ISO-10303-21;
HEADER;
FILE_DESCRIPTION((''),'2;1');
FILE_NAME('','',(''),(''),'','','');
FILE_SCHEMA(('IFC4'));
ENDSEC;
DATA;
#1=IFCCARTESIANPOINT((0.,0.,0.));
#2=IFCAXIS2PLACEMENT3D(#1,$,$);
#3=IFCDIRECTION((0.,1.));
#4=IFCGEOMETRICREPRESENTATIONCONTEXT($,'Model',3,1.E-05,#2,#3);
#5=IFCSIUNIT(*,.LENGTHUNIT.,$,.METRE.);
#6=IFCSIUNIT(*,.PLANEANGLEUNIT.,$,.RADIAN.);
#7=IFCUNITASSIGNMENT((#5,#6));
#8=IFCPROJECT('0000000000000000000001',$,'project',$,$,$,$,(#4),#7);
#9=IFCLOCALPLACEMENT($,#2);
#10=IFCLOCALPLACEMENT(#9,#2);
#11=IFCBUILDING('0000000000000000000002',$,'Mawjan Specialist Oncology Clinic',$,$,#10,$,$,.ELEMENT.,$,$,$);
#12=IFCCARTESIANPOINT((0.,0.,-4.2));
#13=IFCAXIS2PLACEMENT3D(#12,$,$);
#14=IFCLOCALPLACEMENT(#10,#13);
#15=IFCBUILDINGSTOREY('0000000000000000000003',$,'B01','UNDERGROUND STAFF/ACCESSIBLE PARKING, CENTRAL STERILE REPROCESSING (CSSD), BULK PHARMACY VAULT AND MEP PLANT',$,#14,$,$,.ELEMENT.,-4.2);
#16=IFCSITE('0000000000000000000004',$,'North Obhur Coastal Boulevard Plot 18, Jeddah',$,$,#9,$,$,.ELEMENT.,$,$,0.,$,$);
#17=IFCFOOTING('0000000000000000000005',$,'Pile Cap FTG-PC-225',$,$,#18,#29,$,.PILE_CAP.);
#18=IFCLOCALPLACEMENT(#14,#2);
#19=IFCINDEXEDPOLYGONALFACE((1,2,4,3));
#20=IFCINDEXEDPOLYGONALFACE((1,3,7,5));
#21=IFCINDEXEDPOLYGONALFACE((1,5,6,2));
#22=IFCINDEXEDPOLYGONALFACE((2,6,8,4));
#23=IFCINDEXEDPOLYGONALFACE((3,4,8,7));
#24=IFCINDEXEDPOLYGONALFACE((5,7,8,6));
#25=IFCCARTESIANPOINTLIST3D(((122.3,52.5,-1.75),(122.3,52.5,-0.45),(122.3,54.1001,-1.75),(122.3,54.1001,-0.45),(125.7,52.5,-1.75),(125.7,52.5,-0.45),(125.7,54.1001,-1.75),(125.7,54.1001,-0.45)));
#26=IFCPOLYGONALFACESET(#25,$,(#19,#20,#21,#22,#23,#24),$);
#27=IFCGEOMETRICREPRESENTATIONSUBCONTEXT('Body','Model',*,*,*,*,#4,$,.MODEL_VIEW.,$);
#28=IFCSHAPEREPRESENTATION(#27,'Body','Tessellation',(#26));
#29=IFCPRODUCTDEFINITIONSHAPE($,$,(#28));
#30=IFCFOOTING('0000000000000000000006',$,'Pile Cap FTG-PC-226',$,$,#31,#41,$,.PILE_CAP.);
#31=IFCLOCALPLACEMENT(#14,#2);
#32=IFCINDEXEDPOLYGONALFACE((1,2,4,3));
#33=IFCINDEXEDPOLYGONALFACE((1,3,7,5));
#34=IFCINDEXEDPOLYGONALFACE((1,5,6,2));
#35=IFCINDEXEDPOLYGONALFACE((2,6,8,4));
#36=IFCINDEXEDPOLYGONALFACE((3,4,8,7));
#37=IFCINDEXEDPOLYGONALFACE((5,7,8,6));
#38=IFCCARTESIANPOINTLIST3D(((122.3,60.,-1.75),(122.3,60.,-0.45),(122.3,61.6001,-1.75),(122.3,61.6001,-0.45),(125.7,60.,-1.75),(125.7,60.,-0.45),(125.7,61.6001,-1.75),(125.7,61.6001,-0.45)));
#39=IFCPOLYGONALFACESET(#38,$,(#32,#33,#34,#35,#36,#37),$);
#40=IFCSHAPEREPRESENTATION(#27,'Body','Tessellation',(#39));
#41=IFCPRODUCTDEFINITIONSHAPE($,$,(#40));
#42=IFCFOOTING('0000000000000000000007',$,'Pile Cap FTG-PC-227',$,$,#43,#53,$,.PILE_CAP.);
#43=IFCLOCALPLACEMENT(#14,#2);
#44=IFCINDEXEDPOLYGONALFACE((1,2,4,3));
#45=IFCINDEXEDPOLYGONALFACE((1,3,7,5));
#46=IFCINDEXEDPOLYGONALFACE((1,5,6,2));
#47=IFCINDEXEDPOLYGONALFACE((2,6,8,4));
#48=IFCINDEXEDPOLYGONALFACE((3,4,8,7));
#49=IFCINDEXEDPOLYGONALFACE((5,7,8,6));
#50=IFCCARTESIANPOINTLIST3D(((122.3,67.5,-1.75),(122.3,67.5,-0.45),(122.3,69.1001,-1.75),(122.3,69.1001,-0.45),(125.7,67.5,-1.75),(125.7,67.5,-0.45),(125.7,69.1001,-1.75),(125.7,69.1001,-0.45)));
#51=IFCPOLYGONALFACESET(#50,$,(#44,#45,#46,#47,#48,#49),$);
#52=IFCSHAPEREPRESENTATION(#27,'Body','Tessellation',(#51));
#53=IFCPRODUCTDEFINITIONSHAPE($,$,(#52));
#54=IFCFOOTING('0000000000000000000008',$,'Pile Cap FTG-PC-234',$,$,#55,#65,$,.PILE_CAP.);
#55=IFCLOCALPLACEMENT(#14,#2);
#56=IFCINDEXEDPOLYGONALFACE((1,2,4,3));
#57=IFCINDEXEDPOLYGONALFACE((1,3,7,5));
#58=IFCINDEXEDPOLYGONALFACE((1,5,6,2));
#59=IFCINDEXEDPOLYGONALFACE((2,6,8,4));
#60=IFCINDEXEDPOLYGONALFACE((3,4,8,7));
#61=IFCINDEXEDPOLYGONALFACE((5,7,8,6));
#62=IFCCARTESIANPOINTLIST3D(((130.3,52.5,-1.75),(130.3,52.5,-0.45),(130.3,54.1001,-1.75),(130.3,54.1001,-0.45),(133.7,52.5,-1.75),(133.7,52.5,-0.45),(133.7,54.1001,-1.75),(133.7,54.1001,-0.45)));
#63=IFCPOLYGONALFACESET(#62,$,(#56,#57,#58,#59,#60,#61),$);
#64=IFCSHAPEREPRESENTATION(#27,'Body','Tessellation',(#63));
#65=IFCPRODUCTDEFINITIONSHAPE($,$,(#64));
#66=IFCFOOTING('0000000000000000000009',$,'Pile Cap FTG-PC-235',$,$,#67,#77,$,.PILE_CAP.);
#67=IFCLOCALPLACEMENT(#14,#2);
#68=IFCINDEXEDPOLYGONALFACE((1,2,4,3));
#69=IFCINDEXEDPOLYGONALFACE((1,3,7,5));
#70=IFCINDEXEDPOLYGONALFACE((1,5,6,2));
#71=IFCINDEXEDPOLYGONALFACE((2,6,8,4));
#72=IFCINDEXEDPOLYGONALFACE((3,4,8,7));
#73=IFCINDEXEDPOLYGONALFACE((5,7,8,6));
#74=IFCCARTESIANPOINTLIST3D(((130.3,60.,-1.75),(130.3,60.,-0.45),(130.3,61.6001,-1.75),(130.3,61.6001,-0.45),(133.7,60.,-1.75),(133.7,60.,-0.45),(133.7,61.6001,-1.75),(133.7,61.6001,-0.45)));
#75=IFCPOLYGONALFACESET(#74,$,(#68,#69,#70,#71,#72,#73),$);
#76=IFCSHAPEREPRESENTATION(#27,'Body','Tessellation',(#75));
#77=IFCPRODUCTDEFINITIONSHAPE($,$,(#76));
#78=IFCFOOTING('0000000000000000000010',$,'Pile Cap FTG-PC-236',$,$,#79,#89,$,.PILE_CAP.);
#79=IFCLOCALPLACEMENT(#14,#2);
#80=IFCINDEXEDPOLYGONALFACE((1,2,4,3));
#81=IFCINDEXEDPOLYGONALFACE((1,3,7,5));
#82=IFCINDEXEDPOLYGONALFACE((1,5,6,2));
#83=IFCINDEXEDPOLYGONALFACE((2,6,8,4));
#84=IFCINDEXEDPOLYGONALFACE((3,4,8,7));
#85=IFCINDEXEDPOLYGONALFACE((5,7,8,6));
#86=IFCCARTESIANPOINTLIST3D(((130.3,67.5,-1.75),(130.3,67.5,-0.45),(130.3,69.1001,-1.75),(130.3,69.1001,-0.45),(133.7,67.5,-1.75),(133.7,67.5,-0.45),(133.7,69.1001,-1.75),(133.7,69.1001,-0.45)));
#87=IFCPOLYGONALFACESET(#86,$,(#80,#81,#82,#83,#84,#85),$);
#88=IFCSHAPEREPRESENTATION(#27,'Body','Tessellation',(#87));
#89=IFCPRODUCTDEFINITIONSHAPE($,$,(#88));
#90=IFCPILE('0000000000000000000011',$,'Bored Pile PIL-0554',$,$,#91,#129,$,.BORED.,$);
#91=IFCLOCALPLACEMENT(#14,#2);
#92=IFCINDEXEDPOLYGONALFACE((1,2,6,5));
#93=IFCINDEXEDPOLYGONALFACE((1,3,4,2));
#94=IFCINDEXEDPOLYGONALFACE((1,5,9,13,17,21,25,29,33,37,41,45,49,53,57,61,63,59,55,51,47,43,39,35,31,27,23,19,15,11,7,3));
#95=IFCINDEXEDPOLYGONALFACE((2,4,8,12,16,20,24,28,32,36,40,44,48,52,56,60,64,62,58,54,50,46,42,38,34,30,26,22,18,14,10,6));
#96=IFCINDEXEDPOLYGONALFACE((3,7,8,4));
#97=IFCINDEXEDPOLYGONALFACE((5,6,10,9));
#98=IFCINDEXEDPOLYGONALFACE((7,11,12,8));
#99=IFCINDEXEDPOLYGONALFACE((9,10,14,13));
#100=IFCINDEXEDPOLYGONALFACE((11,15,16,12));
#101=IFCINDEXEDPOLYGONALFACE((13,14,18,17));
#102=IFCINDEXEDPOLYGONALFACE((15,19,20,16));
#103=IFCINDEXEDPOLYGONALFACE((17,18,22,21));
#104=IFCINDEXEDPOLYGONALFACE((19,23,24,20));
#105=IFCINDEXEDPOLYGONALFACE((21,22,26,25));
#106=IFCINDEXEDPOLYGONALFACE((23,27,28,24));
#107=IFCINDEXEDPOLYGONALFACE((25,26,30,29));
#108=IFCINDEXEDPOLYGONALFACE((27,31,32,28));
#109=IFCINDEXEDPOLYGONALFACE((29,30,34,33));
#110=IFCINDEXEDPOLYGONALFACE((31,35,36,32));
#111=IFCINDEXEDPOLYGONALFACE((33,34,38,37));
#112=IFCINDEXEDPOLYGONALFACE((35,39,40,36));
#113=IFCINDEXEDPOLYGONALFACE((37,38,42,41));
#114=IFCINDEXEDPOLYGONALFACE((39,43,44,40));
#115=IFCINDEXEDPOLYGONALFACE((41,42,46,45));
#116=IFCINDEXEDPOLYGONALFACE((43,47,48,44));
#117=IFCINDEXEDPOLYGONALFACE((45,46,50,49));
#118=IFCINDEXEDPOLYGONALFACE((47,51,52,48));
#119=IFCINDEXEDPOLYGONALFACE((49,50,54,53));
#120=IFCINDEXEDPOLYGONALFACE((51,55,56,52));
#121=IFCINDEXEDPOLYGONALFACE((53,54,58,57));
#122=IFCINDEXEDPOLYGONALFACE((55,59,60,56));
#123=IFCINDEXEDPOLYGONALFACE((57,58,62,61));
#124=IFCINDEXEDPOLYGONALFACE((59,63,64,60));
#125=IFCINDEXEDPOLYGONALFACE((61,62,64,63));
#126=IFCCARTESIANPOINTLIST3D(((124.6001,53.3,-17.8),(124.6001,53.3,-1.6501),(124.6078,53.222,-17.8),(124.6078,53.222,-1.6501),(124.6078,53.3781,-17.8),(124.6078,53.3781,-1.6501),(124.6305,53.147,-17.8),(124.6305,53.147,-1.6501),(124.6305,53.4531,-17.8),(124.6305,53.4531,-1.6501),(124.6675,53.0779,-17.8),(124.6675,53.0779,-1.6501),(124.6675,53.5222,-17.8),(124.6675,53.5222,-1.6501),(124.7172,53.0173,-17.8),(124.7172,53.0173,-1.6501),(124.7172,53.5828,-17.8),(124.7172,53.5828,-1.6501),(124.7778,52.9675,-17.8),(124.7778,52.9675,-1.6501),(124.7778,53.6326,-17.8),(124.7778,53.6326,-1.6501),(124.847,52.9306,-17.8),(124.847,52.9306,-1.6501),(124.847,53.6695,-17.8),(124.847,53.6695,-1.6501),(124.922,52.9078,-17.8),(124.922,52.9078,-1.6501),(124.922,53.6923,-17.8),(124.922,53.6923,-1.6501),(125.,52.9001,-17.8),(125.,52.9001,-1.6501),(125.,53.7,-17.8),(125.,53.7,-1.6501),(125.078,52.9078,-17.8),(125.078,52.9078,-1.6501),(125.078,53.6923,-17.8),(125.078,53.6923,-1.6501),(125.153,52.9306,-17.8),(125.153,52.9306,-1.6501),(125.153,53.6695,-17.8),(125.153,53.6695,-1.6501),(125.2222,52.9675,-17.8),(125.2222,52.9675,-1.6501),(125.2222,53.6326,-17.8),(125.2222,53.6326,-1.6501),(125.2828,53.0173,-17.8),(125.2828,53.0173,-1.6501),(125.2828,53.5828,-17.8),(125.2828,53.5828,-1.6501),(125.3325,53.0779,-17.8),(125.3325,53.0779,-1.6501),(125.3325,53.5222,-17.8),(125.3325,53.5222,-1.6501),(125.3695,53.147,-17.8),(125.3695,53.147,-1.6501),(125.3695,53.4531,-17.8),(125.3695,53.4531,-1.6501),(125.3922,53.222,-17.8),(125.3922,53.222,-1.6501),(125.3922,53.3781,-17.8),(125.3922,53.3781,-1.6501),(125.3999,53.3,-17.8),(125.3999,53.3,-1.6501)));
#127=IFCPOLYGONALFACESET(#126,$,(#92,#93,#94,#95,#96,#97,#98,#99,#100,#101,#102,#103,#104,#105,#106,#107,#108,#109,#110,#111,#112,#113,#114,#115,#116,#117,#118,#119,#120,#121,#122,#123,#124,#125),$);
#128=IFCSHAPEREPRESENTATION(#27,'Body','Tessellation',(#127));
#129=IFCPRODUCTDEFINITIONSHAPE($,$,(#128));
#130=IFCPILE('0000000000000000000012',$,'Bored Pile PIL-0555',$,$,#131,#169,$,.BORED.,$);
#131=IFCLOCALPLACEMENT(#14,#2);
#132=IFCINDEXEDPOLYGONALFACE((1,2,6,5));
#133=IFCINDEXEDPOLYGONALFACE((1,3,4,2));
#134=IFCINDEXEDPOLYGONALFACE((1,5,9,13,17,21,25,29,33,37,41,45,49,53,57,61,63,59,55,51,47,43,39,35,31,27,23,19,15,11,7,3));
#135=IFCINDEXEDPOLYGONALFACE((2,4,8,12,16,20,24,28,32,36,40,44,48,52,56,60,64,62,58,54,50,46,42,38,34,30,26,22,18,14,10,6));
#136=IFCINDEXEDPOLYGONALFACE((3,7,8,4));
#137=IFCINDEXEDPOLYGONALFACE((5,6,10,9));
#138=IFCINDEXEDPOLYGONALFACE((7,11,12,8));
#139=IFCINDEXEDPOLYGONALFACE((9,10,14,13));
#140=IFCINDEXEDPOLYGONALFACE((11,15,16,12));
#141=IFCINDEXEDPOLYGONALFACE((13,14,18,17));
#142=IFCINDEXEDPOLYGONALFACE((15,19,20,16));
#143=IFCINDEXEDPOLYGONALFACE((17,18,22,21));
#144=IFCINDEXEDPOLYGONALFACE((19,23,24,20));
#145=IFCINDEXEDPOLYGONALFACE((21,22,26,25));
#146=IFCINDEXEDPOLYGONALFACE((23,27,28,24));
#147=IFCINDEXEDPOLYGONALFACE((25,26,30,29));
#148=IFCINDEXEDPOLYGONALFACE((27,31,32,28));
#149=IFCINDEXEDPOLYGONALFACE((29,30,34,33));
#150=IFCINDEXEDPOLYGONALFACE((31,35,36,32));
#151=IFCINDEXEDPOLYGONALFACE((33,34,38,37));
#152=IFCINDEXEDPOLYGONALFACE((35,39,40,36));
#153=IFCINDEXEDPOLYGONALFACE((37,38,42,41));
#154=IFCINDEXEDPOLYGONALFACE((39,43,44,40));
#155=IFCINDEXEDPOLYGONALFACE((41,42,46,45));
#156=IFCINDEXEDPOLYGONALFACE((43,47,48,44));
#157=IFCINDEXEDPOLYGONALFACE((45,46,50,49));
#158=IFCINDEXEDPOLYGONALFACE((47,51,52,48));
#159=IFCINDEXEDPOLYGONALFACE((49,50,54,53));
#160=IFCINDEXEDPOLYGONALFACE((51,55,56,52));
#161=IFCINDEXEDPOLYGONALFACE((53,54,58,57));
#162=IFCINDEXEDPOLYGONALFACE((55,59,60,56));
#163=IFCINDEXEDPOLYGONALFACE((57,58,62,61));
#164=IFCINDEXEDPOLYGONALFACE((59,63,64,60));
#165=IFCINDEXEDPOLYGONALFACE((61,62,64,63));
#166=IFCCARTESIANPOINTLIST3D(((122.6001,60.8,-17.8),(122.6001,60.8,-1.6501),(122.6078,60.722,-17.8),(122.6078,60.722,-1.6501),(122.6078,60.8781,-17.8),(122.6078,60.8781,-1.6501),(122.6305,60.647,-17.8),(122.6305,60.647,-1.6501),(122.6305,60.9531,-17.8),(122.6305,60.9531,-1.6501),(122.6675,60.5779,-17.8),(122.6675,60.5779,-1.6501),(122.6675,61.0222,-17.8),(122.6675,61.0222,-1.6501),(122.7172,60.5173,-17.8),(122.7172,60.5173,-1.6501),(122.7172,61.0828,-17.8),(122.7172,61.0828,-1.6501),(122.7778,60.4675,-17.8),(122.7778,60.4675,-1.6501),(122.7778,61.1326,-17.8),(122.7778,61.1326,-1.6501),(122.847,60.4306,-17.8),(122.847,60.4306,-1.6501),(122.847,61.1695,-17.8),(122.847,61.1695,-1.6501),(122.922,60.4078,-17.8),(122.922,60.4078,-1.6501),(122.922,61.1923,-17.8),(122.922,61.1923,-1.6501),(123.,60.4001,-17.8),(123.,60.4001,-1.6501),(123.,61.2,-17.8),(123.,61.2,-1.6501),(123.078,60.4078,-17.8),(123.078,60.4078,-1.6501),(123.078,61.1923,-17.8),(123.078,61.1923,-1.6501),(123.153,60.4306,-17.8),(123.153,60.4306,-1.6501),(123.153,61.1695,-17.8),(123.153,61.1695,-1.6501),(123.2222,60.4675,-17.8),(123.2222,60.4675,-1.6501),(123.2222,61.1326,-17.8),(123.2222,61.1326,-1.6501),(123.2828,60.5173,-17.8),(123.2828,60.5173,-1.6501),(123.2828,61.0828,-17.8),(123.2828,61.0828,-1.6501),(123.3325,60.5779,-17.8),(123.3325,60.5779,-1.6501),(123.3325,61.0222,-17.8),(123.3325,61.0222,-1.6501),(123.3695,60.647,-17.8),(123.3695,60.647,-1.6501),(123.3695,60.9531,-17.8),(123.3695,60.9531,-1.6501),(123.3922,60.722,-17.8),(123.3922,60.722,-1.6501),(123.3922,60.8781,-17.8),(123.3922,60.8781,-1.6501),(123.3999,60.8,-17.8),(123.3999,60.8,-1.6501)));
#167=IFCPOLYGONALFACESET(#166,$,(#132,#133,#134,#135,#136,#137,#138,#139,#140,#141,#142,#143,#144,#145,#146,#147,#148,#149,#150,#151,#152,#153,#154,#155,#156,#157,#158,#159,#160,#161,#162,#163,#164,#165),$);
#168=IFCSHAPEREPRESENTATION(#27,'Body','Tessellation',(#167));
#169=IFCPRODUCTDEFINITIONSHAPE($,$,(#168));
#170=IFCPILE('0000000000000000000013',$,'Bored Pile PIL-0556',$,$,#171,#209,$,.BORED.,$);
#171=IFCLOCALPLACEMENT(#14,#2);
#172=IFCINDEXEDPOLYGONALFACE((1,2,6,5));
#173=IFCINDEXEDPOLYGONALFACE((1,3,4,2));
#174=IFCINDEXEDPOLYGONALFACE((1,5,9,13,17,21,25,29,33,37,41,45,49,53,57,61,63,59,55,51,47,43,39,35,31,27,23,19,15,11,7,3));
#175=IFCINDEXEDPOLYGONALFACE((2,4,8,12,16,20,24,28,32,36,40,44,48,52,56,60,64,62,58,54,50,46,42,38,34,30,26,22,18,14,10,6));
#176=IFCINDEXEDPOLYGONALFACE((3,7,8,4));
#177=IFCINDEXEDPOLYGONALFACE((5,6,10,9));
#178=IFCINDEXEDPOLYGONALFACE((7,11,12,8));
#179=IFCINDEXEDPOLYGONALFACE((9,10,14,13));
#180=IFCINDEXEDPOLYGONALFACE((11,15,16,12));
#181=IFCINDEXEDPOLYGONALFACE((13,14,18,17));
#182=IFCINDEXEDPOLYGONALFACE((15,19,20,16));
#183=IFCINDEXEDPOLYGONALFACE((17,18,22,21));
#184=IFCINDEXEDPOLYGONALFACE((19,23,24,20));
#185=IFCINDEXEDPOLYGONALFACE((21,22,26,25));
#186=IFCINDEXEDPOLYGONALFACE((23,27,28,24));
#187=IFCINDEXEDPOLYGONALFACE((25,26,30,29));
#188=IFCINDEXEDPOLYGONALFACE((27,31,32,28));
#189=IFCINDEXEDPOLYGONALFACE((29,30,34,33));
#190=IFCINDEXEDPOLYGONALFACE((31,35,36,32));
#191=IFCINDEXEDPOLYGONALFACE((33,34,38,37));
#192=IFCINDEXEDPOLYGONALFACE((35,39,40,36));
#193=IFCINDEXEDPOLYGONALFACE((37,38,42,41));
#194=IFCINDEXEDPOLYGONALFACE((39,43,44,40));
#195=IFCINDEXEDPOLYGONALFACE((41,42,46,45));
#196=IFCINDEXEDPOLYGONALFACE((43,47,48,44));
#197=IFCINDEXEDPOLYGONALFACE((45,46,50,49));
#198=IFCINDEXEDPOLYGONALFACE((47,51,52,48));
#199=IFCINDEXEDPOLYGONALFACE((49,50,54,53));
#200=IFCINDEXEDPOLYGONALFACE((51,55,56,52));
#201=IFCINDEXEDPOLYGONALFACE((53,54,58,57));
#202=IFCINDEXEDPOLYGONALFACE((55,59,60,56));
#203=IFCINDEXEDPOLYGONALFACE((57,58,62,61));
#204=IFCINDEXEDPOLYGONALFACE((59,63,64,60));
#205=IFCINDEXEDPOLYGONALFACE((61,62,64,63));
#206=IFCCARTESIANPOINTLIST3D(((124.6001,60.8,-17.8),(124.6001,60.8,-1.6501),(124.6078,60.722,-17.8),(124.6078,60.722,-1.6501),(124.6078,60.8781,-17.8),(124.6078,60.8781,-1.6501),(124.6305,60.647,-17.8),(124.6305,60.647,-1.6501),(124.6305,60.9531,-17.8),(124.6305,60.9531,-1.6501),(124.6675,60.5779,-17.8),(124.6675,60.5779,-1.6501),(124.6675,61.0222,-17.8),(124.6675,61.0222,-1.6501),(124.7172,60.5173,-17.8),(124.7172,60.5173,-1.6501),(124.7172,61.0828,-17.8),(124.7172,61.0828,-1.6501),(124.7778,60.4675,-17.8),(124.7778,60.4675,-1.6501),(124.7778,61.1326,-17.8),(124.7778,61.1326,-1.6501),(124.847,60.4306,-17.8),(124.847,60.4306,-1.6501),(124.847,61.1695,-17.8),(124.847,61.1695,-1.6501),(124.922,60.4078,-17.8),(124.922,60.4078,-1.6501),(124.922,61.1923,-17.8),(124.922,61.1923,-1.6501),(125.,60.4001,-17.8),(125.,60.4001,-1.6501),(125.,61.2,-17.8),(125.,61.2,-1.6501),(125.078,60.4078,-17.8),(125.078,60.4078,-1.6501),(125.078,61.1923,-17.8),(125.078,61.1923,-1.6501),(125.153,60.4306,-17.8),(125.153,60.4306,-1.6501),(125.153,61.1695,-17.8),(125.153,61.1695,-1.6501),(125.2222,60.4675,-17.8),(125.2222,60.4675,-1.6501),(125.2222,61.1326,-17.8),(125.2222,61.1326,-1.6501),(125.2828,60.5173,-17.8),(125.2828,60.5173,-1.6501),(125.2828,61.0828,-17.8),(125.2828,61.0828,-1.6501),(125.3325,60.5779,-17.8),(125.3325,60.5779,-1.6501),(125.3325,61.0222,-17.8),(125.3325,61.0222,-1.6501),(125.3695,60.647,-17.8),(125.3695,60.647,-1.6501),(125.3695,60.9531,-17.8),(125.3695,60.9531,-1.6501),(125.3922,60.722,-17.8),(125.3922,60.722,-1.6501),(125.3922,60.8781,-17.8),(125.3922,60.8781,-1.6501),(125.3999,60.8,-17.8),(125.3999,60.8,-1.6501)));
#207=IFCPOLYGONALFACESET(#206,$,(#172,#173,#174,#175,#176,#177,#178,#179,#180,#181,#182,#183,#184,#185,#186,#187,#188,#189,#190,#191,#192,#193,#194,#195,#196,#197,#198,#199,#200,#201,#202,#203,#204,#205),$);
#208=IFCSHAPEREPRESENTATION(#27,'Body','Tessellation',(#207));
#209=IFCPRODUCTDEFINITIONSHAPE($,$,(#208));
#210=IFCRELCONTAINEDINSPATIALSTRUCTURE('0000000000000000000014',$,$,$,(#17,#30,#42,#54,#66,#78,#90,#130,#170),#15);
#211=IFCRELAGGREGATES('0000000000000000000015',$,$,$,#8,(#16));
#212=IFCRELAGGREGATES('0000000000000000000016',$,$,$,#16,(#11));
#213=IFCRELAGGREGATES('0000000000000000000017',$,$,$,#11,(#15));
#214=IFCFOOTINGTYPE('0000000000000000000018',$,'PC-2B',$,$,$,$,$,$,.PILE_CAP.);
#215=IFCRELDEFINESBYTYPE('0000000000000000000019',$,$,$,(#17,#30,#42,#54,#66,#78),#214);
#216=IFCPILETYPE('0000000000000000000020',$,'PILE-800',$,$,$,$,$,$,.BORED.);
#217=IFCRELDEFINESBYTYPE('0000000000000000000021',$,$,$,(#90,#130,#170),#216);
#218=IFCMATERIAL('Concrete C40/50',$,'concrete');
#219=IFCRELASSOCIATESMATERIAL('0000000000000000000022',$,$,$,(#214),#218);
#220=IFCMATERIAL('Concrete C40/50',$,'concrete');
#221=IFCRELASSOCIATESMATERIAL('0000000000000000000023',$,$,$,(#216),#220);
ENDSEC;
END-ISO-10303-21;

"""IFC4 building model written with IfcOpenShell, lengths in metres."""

from ifc_helpers import new_model, si_unit, direction, frame, origin, origin_2d, place, context, subcontext, project, spatial, rectangle, circle, extrude, material, material_profile, profile_set, type_object, element, save


model = new_model("IFC4")

# Units and contexts
model_context = context("Model", 3, precision=1e-05, world=origin(), true_north=direction((0.0, 1.0)))
body_context = subcontext(model_context, "Body", "Model", "MODEL_VIEW")
ifc_project = project(units=[si_unit("LENGTHUNIT", "METRE"), si_unit("PLANEANGLEUNIT", "RADIAN")], contexts=[model_context])

# Site, building, storey
site_placement = place(None, origin())
site = spatial("IfcSite", under=ifc_project, at=site_placement, Name="North Obhur Coastal Boulevard Plot 18, Jeddah", CompositionType="ELEMENT", RefElevation=0.0)
building_placement = place(site_placement, origin())
building = spatial("IfcBuilding", under=site, at=building_placement, Name="Mawjan Specialist Oncology Clinic", CompositionType="ELEMENT")
storey_placement = place(building_placement, frame((0.0, 0.0, -4.2)))
storey = spatial("IfcBuildingStorey", under=building, at=storey_placement, Name="B01", Description="UNDERGROUND STAFF/ACCESSIBLE PARKING, CENTRAL STERILE REPROCESSING (CSSD), BULK PHARMACY VAULT AND MEP PLANT", CompositionType="ELEMENT", Elevation=-4.2)

# Footings
ifc_material_1 = material(Name="Concrete C40/50", Category="concrete")
footing_type_1 = type_object("IfcFootingType", Name="PC-2B", PredefinedType="PILE_CAP", material=ifc_material_1)
for number, where, z_axis, x_axis, name in (
    (1, (124.0, 53.3, -1.75), (0.0, 0.0, 1.0), (1.0, 0.0, 0.0), "Pile Cap FTG-PC-225"),
    (2, (124.0, 60.8, -1.75), (0.0, 0.0, 1.0), (1.0, 0.0, 0.0), "Pile Cap FTG-PC-226"),
    (3, (124.0, 68.3, -1.75), (0.0, 0.0, 1.0), (1.0, 0.0, 0.0), "Pile Cap FTG-PC-227"),
    (4, (132.0, 53.3, -1.75), (0.0, 0.0, 1.0), (1.0, 0.0, 0.0), "Pile Cap FTG-PC-234"),
    (5, (132.0, 60.8, -1.75), (0.0, 0.0, 1.0), (1.0, 0.0, 0.0), "Pile Cap FTG-PC-235"),
    (6, (132.0, 68.3, -1.75), (0.0, 0.0, 1.0), (1.0, 0.0, 0.0), "Pile Cap FTG-PC-236"),
):
    element("IfcFooting", number, at=place(storey_placement, frame(where, z_axis=z_axis, x_axis=x_axis)), inside=storey, type_object=footing_type_1, Name=name, PredefinedType="PILE_CAP", context=body_context, shape_type="SweptSolid", body=[
        extrude(rectangle(XDim=3.3999, YDim=1.6001, at=origin_2d()), origin(), (0.0, 0.0, 1.0), 1.3),
    ])

# Piles
ifc_material_2 = material(Name="Concrete C40/50", Category="concrete")
ifc_material_profile_1 = material_profile(ifc_material_2, circle(Radius=0.3999, at=origin_2d()), Name="BORED PILE D800", Category="concrete")
ifc_profile_set_1 = profile_set([ifc_material_profile_1], Name="Concrete C40/50")
pile_type = type_object("IfcPileType", Name="PILE-800", PredefinedType="BORED", material=ifc_profile_set_1)
for number, where, z_axis, x_axis, name in (
    (7, (125.0, 53.3, -1.6501), (0.0, 0.0, -1.0), (1.0, 0.0, 0.0), "Bored Pile PIL-0554"),
    (8, (123.0, 60.8, -1.6501), (0.0, 0.0, -1.0), (1.0, 0.0, 0.0), "Bored Pile PIL-0555"),
    (9, (125.0, 60.8, -1.6501), (0.0, 0.0, -1.0), (1.0, 0.0, 0.0), "Bored Pile PIL-0556"),
):
    element("IfcPile", number, at=place(storey_placement, frame(where, z_axis=z_axis, x_axis=x_axis)), inside=storey, type_object=pile_type, Name=name, PredefinedType="BORED", context=body_context, shape_type="SweptSolid", body=[
        extrude(circle(Radius=0.3999, at=origin_2d()), origin(), (0.0, 0.0, 1.0), 16.1499),
    ])

save(model, "model.ifc")
